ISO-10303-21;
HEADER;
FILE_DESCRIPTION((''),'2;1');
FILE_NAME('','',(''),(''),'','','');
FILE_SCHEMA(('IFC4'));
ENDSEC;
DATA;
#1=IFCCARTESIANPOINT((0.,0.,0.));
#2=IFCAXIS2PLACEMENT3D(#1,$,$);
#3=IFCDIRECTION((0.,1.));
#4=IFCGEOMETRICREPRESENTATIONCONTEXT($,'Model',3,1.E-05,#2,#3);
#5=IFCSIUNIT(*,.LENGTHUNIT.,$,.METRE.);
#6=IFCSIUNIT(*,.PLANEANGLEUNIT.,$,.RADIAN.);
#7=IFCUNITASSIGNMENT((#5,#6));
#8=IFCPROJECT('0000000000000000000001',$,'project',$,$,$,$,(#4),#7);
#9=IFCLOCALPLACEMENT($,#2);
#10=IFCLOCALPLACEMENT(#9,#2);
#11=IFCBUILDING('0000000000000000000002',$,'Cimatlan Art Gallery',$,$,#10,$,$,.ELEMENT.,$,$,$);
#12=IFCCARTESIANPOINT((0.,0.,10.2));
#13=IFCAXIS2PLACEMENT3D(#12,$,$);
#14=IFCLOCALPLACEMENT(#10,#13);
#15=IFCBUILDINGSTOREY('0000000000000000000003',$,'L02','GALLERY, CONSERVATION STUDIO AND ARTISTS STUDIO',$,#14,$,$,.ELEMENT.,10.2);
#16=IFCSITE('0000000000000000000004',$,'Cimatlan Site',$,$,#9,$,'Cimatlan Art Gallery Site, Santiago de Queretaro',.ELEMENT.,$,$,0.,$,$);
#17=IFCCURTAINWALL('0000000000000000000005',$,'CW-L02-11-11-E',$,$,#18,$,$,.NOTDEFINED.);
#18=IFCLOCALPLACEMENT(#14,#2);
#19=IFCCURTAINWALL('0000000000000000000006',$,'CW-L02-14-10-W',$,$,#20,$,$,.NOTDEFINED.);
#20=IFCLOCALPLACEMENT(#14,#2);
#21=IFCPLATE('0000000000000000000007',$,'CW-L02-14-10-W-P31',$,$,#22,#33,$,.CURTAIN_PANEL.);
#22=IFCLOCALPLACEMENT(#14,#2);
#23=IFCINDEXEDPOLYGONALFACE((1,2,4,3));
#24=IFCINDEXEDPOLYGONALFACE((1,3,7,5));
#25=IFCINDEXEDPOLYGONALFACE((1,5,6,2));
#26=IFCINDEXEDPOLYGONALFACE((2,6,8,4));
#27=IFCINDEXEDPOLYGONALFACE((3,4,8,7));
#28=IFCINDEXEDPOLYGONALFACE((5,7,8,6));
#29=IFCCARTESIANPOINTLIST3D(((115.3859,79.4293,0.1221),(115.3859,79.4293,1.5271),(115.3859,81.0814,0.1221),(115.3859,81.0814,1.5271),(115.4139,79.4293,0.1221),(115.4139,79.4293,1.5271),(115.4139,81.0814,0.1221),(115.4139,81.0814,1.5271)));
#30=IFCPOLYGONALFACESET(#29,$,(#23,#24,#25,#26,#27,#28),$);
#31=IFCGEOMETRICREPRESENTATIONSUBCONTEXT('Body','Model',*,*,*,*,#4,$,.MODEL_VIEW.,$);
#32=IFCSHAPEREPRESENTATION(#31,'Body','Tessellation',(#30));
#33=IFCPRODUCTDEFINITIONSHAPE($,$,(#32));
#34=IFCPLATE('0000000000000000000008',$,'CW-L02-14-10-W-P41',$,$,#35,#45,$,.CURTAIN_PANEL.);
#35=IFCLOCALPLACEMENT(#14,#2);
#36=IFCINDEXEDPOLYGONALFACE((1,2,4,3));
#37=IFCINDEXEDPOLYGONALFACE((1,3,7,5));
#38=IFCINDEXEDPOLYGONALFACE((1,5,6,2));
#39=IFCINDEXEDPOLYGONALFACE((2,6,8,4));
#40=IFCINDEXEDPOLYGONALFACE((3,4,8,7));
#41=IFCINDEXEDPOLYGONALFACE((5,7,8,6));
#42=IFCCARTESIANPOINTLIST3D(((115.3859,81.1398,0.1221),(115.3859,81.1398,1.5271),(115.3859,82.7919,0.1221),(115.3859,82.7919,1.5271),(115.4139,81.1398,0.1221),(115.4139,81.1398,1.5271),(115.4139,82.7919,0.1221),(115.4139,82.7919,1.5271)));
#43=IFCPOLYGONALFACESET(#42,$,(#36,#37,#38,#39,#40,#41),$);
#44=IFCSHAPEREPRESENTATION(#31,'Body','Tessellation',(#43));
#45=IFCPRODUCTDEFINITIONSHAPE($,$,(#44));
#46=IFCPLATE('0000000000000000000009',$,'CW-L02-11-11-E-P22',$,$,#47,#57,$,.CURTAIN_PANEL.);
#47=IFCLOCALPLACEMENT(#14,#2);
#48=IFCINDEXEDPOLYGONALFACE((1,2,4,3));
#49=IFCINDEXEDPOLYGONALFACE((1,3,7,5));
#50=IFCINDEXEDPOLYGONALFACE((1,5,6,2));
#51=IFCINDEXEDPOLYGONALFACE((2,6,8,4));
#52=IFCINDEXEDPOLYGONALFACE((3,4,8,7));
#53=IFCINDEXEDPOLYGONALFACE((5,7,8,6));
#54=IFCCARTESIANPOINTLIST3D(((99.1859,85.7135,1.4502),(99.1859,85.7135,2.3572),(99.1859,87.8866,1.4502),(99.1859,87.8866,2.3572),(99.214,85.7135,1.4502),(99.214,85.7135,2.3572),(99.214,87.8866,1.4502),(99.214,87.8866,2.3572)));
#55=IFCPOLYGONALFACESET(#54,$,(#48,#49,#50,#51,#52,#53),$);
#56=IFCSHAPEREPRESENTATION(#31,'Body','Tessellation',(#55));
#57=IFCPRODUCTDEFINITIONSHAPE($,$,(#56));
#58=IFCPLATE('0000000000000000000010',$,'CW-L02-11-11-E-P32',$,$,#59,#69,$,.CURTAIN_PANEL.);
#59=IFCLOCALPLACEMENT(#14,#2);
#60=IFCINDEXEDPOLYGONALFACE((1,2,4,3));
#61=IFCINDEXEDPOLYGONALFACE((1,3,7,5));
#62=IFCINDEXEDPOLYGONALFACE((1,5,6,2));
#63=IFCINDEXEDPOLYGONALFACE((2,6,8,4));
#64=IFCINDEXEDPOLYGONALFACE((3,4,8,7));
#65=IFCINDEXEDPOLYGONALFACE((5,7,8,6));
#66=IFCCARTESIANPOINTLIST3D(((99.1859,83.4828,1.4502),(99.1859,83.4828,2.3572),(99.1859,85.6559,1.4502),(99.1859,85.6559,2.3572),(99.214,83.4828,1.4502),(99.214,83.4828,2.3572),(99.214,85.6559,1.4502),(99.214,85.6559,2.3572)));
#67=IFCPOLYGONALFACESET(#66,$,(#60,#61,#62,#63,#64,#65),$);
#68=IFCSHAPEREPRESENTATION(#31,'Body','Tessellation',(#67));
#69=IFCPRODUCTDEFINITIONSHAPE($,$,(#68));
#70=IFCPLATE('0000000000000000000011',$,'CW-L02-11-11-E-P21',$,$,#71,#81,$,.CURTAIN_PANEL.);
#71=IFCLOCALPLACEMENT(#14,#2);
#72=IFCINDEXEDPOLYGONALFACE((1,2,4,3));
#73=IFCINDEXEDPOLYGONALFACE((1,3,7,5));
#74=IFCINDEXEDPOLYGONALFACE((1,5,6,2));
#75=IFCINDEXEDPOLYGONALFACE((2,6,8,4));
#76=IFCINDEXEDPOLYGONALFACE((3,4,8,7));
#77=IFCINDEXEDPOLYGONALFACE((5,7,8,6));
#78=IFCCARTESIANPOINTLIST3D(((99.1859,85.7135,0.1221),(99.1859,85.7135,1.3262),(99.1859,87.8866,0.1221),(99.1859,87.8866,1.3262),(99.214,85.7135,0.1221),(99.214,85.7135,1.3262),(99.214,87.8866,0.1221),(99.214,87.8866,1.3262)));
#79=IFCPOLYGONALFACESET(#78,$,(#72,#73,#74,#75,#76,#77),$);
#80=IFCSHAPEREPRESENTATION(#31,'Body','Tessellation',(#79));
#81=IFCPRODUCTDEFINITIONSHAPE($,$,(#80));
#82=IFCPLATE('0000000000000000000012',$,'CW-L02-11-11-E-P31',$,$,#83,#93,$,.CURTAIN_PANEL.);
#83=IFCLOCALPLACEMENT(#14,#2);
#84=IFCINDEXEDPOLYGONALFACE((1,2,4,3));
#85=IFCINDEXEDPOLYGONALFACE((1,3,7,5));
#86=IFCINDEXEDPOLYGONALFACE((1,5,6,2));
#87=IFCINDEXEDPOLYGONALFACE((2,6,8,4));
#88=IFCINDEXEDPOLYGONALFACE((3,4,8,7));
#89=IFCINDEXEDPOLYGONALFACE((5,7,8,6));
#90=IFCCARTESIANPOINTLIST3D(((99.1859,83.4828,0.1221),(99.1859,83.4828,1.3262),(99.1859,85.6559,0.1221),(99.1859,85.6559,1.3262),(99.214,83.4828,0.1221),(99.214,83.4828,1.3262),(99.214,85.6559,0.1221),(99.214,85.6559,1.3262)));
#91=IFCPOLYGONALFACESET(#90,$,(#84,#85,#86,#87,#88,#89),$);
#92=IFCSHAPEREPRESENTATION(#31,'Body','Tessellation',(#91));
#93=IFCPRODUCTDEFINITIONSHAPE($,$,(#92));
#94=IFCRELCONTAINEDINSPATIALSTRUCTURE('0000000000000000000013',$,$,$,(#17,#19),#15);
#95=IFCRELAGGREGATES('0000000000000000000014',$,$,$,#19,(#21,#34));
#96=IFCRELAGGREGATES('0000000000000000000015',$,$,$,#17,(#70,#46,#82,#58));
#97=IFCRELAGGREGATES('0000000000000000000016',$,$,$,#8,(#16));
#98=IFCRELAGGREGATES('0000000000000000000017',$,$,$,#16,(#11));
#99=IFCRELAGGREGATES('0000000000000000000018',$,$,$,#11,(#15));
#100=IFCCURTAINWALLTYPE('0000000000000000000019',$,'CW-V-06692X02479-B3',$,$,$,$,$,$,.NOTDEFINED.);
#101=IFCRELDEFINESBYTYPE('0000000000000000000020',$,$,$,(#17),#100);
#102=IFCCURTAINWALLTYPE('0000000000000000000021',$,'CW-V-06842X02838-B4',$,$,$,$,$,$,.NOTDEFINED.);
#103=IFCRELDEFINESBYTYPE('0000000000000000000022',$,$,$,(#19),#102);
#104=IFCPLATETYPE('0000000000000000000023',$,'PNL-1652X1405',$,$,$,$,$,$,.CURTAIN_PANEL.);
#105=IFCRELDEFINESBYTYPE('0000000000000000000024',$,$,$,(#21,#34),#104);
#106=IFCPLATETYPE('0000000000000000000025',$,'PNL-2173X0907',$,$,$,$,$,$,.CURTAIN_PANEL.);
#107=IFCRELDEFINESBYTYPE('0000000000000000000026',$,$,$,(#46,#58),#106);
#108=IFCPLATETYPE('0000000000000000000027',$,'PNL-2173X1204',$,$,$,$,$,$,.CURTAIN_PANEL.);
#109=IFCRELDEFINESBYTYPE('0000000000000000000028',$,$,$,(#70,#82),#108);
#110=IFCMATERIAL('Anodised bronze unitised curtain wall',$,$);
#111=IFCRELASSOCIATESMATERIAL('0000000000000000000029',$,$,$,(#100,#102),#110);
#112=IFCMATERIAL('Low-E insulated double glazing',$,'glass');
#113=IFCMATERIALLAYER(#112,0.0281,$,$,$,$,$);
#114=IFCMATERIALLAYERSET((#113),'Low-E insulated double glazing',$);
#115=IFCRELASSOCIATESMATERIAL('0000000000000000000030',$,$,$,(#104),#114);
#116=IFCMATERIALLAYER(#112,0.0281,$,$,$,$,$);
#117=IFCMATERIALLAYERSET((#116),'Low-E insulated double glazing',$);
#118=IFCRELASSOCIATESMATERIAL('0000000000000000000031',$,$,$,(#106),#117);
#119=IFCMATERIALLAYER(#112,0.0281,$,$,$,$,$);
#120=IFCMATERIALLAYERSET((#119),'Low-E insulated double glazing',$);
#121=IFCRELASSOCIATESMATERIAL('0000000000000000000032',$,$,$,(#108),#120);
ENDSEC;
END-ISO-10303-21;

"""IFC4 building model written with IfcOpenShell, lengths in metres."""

from ifc_helpers import new_model, si_unit, direction, frame, origin, origin_2d, place, context, subcontext, project, spatial, rectangle, extrude, material, layer, layer_set, type_object, element, aggregate, save


model = new_model("IFC4")

# Units and contexts
model_context = context("Model", 3, precision=1e-05, world=origin(), true_north=direction((0.0, 1.0)))
body_context = subcontext(model_context, "Body", "Model", "MODEL_VIEW")
ifc_project = project(units=[si_unit("LENGTHUNIT", "METRE"), si_unit("PLANEANGLEUNIT", "RADIAN")], contexts=[model_context])

# Site, building, storey
site_placement = place(None, origin())
site = spatial("IfcSite", under=ifc_project, at=site_placement, Name="Cimatlan Site", LongName="Cimatlan Art Gallery Site, Santiago de Queretaro", CompositionType="ELEMENT", RefElevation=0.0)
building_placement = place(site_placement, origin())
building = spatial("IfcBuilding", under=site, at=building_placement, Name="Cimatlan Art Gallery", CompositionType="ELEMENT")
storey_placement = place(building_placement, frame((0.0, 0.0, 10.2)))
storey = spatial("IfcBuildingStorey", under=building, at=storey_placement, Name="L02", Description="GALLERY, CONSERVATION STUDIO AND ARTISTS STUDIO", CompositionType="ELEMENT", Elevation=10.2)

# Curtain wall
ifc_material_1 = material(Name="Anodised bronze unitised curtain wall")
curtain_wall_type_1 = type_object("IfcCurtainWallType", Name="CW-V-06692X02479-B3", PredefinedType="NOTDEFINED", material=ifc_material_1)
curtain_wall_1_placement = place(storey_placement, origin())
curtain_wall_1 = element("IfcCurtainWall", 1, at=curtain_wall_1_placement, inside=storey, type_object=curtain_wall_type_1, Name="CW-L02-11-11-E", PredefinedType="NOTDEFINED")

# Curtain wall, plates
curtain_wall_type_2 = type_object("IfcCurtainWallType", Name="CW-V-06842X02838-B4", PredefinedType="NOTDEFINED", material=ifc_material_1)
curtain_wall_2_placement = place(storey_placement, origin())
curtain_wall_2 = element("IfcCurtainWall", 2, at=curtain_wall_2_placement, inside=storey, type_object=curtain_wall_type_2, Name="CW-L02-14-10-W", PredefinedType="NOTDEFINED")
ifc_material_2 = material(Name="Low-E insulated double glazing", Category="glass")
ifc_layer_1 = layer(ifc_material_2, 0.0281)
ifc_layer_set_1 = layer_set([ifc_layer_1], Name="Low-E insulated double glazing")
plate_type_1 = type_object("IfcPlateType", Name="PNL-1652X1405", PredefinedType="CURTAIN_PANEL", material=ifc_layer_set_1)
plate_1_placement = place(storey_placement, frame((115.3999, 80.2554, 0.1221), z_axis=(0.0, 0.0, 1.0), x_axis=(0.0, 1.0, 0.0)))
plate_1 = element("IfcPlate", 3, at=plate_1_placement, type_object=plate_type_1, Name="CW-L02-14-10-W-P31", PredefinedType="CURTAIN_PANEL", context=body_context, shape_type="SweptSolid", body=[
    extrude(rectangle(XDim=1.6521, YDim=0.0281, at=origin_2d()), origin(), (0.0, 0.0, 1.0), 1.405),
])
plate_2_placement = place(storey_placement, frame((115.3999, 81.9658, 0.1221), z_axis=(0.0, 0.0, 1.0), x_axis=(0.0, 1.0, 0.0)))
plate_2 = element("IfcPlate", 4, at=plate_2_placement, type_object=plate_type_1, Name="CW-L02-14-10-W-P41", PredefinedType="CURTAIN_PANEL", context=body_context, shape_type="SweptSolid", body=[
    extrude(rectangle(XDim=1.6521, YDim=0.0281, at=origin_2d()), origin(), (0.0, 0.0, 1.0), 1.405),
])
aggregate(curtain_wall_2, [plate_1, plate_2])

# Plates
ifc_layer_2 = layer(ifc_material_2, 0.0281)
ifc_layer_set_2 = layer_set([ifc_layer_2], Name="Low-E insulated double glazing")
plate_type_2 = type_object("IfcPlateType", Name="PNL-2173X0907", PredefinedType="CURTAIN_PANEL", material=ifc_layer_set_2)
plate_3_placement = place(storey_placement, frame((99.2, 86.8, 1.4502), z_axis=(0.0, 0.0, 1.0), x_axis=(0.0, -1.0, 0.0)))
plate_3 = element("IfcPlate", 5, at=plate_3_placement, type_object=plate_type_2, Name="CW-L02-11-11-E-P22", PredefinedType="CURTAIN_PANEL", context=body_context, shape_type="SweptSolid", body=[
    extrude(rectangle(XDim=2.1731, YDim=0.0281, at=origin_2d()), origin(), (0.0, 0.0, 1.0), 0.907),
])
plate_4_placement = place(storey_placement, frame((99.2, 84.5693, 1.4502), z_axis=(0.0, 0.0, 1.0), x_axis=(0.0, -1.0, 0.0)))
plate_4 = element("IfcPlate", 6, at=plate_4_placement, type_object=plate_type_2, Name="CW-L02-11-11-E-P32", PredefinedType="CURTAIN_PANEL", context=body_context, shape_type="SweptSolid", body=[
    extrude(rectangle(XDim=2.1731, YDim=0.0281, at=origin_2d()), origin(), (0.0, 0.0, 1.0), 0.907),
])
ifc_layer_3 = layer(ifc_material_2, 0.0281)
ifc_layer_set_3 = layer_set([ifc_layer_3], Name="Low-E insulated double glazing")
plate_type_3 = type_object("IfcPlateType", Name="PNL-2173X1204", PredefinedType="CURTAIN_PANEL", material=ifc_layer_set_3)
plate_5_placement = place(storey_placement, frame((99.2, 86.8, 0.1221), z_axis=(0.0, 0.0, 1.0), x_axis=(0.0, -1.0, 0.0)))
plate_5 = element("IfcPlate", 7, at=plate_5_placement, type_object=plate_type_3, Name="CW-L02-11-11-E-P21", PredefinedType="CURTAIN_PANEL", context=body_context, shape_type="SweptSolid", body=[
    extrude(rectangle(XDim=2.1731, YDim=0.0281, at=origin_2d()), origin(), (0.0, 0.0, 1.0), 1.2041),
])
plate_6_placement = place(storey_placement, frame((99.2, 84.5693, 0.1221), z_axis=(0.0, 0.0, 1.0), x_axis=(0.0, -1.0, 0.0)))
plate_6 = element("IfcPlate", 8, at=plate_6_placement, type_object=plate_type_3, Name="CW-L02-11-11-E-P31", PredefinedType="CURTAIN_PANEL", context=body_context, shape_type="SweptSolid", body=[
    extrude(rectangle(XDim=2.1731, YDim=0.0281, at=origin_2d()), origin(), (0.0, 0.0, 1.0), 1.2041),
])
aggregate(curtain_wall_1, [plate_5, plate_3, plate_6, plate_4])

save(model, "model.ifc")
